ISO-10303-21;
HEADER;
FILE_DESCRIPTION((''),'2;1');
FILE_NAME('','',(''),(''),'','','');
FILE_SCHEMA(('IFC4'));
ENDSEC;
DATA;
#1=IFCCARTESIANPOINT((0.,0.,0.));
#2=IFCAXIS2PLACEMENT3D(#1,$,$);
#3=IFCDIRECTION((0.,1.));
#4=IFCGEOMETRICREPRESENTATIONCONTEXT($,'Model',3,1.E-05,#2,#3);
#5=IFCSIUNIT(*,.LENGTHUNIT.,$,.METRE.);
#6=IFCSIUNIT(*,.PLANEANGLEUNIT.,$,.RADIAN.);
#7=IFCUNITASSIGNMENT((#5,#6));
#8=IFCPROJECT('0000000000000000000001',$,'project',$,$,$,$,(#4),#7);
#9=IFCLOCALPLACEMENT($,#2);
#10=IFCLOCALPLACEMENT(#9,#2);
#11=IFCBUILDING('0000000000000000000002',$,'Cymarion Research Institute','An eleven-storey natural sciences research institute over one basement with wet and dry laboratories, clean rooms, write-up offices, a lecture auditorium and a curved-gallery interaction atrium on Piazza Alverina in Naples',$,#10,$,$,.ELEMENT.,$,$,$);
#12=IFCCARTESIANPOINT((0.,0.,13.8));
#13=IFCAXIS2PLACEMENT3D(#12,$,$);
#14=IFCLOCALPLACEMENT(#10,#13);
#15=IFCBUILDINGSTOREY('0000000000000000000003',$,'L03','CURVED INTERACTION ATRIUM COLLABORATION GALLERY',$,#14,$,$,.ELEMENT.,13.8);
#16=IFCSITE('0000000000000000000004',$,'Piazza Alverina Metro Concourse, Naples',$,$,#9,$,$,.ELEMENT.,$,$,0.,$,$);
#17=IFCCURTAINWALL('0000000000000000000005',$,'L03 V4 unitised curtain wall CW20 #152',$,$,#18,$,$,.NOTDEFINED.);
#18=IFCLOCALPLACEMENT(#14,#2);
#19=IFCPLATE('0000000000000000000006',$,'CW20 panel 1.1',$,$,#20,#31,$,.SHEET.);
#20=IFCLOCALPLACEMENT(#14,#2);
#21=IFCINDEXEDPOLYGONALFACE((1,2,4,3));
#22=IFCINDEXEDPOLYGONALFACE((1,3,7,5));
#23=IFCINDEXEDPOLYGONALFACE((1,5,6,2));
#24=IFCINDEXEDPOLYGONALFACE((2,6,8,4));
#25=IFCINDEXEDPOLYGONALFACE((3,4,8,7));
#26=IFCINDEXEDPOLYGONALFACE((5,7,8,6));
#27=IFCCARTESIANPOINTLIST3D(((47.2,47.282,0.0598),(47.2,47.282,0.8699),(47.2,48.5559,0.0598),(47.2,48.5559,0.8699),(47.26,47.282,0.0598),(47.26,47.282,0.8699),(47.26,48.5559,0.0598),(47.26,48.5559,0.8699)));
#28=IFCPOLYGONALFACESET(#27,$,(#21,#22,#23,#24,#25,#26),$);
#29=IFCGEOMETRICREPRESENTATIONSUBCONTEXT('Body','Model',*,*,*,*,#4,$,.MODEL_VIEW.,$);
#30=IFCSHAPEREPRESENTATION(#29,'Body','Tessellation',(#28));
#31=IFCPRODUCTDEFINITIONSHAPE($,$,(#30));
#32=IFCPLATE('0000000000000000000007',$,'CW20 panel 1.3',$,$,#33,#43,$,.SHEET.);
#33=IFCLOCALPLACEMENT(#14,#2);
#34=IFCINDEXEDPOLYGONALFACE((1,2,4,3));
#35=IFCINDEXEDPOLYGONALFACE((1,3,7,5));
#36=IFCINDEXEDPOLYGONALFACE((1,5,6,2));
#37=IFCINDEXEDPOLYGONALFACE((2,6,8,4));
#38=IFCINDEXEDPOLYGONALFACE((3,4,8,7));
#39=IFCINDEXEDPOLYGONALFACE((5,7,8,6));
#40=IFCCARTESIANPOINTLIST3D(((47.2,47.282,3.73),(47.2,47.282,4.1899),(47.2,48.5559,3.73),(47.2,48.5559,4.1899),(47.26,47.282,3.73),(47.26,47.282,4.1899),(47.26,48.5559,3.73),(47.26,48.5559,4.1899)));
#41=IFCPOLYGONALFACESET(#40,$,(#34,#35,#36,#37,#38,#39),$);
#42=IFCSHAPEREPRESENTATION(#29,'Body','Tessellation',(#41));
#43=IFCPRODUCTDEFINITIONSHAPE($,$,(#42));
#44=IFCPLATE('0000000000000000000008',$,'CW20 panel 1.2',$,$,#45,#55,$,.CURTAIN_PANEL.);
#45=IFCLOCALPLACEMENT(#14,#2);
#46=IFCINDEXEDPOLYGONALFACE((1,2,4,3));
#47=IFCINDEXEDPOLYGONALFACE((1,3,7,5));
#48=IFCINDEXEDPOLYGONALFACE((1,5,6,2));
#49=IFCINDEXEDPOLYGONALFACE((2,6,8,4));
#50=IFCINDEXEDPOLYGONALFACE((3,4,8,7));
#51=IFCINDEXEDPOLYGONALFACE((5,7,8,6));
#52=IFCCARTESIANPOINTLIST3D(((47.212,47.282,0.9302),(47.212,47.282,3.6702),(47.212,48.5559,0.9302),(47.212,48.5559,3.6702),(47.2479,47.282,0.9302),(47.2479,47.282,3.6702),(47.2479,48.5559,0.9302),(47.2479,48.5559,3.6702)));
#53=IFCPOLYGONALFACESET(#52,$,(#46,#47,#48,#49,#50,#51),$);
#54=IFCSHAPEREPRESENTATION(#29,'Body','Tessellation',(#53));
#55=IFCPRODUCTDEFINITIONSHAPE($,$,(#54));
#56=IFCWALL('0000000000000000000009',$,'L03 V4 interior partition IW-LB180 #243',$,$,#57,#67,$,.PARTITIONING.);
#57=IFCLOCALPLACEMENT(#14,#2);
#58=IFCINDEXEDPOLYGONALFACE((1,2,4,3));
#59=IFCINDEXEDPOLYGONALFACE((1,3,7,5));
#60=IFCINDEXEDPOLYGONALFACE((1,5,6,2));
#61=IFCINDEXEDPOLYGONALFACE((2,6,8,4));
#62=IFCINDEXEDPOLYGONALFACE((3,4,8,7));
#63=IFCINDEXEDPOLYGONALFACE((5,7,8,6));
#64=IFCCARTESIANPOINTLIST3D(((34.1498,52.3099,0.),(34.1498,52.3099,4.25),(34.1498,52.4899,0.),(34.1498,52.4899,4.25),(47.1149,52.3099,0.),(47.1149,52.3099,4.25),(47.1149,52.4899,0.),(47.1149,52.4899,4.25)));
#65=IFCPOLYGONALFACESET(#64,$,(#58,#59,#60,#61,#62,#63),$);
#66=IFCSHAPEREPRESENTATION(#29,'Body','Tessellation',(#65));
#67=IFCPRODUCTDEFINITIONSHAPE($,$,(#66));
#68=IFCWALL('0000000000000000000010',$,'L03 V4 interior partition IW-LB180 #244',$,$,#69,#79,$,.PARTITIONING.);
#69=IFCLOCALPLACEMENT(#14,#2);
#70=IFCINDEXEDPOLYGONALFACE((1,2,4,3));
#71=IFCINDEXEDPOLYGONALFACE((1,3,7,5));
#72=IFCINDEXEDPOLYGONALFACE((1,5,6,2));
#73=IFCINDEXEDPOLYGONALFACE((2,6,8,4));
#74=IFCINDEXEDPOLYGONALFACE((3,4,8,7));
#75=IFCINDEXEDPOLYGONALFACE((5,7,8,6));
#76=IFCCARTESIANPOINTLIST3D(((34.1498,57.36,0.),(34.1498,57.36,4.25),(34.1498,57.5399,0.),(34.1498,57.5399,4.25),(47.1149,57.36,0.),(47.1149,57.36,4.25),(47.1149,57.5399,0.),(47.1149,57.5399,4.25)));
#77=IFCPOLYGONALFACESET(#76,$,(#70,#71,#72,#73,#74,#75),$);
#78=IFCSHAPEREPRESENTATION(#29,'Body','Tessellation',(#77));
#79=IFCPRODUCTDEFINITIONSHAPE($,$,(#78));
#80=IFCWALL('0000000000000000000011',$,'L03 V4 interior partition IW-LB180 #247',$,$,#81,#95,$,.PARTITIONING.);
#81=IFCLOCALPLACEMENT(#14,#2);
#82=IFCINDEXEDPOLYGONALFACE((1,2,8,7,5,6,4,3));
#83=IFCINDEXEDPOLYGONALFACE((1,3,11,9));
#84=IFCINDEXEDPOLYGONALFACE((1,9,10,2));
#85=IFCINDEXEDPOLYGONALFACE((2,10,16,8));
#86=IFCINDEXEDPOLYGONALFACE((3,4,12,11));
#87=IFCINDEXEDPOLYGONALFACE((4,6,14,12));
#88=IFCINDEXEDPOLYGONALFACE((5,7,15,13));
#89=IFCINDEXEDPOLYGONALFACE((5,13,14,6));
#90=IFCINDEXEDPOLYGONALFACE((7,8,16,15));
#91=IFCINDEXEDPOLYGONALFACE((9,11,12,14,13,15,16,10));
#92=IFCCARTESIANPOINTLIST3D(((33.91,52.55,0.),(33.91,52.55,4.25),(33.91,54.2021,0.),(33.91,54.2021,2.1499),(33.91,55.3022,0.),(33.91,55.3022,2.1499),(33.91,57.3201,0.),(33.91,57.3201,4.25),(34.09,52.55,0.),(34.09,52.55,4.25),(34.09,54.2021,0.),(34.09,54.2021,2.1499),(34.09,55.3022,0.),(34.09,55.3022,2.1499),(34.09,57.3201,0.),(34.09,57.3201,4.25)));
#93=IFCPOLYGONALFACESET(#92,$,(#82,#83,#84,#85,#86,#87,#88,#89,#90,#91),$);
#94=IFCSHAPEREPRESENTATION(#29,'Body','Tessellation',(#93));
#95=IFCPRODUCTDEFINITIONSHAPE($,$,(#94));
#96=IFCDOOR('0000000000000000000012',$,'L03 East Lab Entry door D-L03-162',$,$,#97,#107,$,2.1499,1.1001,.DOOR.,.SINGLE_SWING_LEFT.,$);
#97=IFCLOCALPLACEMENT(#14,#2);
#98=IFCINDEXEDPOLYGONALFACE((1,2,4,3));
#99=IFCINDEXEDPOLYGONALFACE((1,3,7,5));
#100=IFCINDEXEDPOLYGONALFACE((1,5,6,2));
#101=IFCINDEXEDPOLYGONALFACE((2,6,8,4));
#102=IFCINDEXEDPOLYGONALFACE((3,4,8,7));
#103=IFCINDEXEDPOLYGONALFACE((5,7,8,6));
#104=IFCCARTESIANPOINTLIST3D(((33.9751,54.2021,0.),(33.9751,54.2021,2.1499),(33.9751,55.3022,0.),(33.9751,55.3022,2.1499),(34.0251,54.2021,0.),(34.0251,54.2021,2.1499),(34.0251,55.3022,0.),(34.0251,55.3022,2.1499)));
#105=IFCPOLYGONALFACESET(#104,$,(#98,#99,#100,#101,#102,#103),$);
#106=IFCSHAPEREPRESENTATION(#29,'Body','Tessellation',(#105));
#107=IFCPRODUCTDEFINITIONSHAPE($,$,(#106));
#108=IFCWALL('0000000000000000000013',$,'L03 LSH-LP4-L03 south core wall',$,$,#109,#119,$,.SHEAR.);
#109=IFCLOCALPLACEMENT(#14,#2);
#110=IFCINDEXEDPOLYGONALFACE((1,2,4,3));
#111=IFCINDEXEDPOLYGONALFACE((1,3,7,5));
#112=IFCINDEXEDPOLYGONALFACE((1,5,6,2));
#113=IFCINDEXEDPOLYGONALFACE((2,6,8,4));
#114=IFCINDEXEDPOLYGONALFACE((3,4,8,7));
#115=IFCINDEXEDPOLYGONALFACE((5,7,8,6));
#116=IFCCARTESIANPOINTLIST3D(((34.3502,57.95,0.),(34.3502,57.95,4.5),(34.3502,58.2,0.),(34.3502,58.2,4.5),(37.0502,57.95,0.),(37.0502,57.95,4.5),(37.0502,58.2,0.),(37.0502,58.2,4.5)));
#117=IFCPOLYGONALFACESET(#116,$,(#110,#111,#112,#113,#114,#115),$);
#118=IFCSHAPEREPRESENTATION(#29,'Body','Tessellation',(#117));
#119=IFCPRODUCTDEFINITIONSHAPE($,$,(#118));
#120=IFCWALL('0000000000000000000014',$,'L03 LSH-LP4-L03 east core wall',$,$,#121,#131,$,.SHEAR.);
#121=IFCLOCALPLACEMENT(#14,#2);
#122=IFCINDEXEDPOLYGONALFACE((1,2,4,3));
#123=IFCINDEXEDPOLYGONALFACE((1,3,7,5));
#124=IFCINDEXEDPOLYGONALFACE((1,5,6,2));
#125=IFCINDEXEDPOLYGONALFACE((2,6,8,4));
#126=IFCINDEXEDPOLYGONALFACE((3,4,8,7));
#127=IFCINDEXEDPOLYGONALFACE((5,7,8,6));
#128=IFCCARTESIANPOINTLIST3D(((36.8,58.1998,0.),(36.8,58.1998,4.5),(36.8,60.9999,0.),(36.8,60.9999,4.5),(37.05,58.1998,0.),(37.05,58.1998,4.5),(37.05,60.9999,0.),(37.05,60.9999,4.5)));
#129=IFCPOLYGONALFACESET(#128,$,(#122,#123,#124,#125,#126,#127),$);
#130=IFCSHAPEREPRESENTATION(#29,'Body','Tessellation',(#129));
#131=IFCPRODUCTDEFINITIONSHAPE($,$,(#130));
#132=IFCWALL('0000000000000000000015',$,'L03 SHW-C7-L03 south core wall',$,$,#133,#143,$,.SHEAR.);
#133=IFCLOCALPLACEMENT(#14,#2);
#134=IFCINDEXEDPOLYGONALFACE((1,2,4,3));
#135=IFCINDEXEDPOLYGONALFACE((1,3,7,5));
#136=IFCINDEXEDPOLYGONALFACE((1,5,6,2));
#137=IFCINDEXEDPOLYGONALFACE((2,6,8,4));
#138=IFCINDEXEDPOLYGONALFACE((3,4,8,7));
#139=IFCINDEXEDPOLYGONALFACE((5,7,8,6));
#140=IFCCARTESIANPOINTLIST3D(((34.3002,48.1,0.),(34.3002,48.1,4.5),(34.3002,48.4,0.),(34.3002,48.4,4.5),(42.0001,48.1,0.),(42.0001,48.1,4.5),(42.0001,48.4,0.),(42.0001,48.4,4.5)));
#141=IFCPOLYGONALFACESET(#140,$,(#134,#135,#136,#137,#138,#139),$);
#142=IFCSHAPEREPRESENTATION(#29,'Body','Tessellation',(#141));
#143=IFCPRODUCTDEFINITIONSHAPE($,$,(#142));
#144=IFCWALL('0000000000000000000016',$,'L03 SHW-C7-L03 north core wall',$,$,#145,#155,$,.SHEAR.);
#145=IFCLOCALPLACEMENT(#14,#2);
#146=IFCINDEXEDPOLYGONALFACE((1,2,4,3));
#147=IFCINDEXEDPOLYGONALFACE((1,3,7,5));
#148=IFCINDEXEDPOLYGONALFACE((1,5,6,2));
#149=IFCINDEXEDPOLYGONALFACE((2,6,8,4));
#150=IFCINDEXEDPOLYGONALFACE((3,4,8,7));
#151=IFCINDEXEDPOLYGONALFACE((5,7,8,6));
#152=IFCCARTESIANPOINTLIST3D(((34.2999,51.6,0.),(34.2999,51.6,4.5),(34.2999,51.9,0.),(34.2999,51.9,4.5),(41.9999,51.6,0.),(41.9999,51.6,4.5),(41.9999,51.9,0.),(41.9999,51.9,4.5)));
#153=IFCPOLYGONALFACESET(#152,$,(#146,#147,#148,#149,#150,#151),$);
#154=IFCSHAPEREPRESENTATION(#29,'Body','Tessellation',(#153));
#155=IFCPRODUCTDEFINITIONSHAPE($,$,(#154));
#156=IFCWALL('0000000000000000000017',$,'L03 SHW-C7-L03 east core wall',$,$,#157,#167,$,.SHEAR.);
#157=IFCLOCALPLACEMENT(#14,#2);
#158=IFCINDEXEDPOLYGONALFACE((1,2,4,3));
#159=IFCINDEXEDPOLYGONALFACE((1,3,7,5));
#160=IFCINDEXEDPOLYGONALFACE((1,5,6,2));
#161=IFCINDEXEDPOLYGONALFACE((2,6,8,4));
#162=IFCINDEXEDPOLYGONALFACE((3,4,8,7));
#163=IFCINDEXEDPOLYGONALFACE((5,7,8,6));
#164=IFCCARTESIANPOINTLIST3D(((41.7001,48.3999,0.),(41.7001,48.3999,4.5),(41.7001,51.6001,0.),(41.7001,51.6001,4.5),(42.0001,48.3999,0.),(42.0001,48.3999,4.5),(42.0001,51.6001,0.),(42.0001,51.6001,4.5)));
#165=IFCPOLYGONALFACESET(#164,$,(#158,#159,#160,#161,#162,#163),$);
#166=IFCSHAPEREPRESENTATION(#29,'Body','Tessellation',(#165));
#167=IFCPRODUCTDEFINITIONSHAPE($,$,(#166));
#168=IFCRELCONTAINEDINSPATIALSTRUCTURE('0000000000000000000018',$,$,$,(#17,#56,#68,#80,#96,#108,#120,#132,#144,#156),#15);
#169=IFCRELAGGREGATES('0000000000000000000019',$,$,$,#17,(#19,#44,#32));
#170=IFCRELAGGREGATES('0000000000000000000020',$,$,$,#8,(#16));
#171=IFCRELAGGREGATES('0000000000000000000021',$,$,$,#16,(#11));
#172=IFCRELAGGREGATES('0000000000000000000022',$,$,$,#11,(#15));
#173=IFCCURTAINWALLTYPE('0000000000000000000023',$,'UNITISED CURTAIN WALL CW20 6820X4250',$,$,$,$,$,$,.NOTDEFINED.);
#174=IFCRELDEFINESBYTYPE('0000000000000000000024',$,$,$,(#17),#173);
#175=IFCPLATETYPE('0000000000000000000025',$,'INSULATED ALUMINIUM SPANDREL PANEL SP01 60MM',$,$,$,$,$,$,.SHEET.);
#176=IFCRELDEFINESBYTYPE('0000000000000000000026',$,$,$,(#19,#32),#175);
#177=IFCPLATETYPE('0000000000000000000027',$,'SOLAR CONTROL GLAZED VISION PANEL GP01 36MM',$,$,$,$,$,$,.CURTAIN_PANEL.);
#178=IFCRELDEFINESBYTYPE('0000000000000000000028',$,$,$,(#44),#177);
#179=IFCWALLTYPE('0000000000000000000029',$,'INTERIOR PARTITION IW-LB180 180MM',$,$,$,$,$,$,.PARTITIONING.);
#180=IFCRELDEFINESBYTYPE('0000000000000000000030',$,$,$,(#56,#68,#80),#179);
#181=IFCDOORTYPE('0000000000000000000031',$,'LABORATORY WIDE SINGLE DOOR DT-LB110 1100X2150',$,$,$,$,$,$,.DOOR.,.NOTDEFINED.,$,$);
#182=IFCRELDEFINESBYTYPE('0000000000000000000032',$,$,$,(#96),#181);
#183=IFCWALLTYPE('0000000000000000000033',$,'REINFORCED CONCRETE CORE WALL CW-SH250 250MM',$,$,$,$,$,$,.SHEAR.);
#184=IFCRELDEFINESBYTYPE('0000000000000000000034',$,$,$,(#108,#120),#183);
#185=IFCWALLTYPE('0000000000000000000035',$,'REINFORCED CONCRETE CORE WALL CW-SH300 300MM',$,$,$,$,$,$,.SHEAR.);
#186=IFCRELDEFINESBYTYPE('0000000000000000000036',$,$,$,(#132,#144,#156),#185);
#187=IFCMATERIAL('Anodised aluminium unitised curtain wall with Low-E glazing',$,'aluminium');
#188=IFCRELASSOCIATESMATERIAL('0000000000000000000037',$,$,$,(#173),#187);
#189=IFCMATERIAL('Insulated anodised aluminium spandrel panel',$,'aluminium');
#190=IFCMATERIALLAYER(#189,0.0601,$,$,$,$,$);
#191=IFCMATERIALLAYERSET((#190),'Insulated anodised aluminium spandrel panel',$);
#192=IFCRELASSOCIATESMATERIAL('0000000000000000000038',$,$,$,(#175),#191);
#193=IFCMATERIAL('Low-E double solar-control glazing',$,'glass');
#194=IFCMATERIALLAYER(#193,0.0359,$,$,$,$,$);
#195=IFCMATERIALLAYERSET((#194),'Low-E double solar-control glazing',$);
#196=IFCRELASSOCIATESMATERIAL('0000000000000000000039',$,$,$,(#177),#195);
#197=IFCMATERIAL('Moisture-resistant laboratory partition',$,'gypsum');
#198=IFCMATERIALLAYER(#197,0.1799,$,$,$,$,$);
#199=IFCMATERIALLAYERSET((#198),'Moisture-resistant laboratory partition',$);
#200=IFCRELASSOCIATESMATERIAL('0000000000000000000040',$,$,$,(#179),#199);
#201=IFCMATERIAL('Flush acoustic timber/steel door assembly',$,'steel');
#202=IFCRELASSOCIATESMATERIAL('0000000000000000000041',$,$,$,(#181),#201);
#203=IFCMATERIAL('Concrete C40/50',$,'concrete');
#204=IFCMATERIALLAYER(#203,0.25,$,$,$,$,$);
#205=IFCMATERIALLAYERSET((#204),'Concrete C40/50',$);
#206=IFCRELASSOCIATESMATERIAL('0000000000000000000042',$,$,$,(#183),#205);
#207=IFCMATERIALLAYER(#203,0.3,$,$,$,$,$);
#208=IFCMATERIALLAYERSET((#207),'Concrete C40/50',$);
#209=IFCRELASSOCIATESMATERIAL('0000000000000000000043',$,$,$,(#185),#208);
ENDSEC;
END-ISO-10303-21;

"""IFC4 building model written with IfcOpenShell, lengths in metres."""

from ifc_helpers import new_model, si_unit, direction, frame, frame_2d, origin, origin_2d, place, context, subcontext, project, spatial, rectangle, extrude, material, layer, layer_set, type_object, element, fill, aggregate, save


model = new_model("IFC4")

# Units and contexts
model_context = context("Model", 3, precision=1e-05, world=origin(), true_north=direction((0.0, 1.0)))
body_context = subcontext(model_context, "Body", "Model", "MODEL_VIEW")
ifc_project = project(units=[si_unit("LENGTHUNIT", "METRE"), si_unit("PLANEANGLEUNIT", "RADIAN")], contexts=[model_context])

# Site, building, storey
site_placement = place(None, origin())
site = spatial("IfcSite", under=ifc_project, at=site_placement, Name="Piazza Alverina Metro Concourse, Naples", CompositionType="ELEMENT", RefElevation=0.0)
building_placement = place(site_placement, origin())
building = spatial("IfcBuilding", under=site, at=building_placement, Name="Cymarion Research Institute", Description="An eleven-storey natural sciences research institute over one basement with wet and dry laboratories, clean rooms, write-up offices, a lecture auditorium and a curved-gallery interaction atrium on Piazza Alverina in Naples", CompositionType="ELEMENT")
storey_placement = place(building_placement, frame((0.0, 0.0, 13.8)))
storey = spatial("IfcBuildingStorey", under=building, at=storey_placement, Name="L03", Description="CURVED INTERACTION ATRIUM COLLABORATION GALLERY", CompositionType="ELEMENT", Elevation=13.8)

# Curtain wall, plates
ifc_material_1 = material(Name="Anodised aluminium unitised curtain wall with Low-E glazing", Category="aluminium")
curtain_wall_type = type_object("IfcCurtainWallType", Name="UNITISED CURTAIN WALL CW20 6820X4250", PredefinedType="NOTDEFINED", material=ifc_material_1)
curtain_wall_placement = place(storey_placement, origin())
curtain_wall = element("IfcCurtainWall", 1, at=curtain_wall_placement, inside=storey, type_object=curtain_wall_type, Name="L03 V4 unitised curtain wall CW20 #152", PredefinedType="NOTDEFINED")
ifc_material_2 = material(Name="Insulated anodised aluminium spandrel panel", Category="aluminium")
ifc_layer_1 = layer(ifc_material_2, 0.0601)
ifc_layer_set_1 = layer_set([ifc_layer_1], Name="Insulated anodised aluminium spandrel panel")
plate_type_1 = type_object("IfcPlateType", Name="INSULATED ALUMINIUM SPANDREL PANEL SP01 60MM", PredefinedType="SHEET", material=ifc_layer_set_1)
plate_1_placement = place(storey_placement, frame((47.23, 47.9189, 0.0598), z_axis=(0.0, 0.0, 1.0), x_axis=(0.0, 1.0, 0.0)))
plate_1 = element("IfcPlate", 2, at=plate_1_placement, type_object=plate_type_1, Name="CW20 panel 1.1", PredefinedType="SHEET", context=body_context, shape_type="SweptSolid", body=[
    extrude(rectangle(XDim=1.2739, YDim=0.0601, at=origin_2d()), origin(), (0.0, 0.0, 1.0), 0.8101),
])
plate_2_placement = place(storey_placement, frame((47.23, 47.9189, 3.73), z_axis=(0.0, 0.0, 1.0), x_axis=(0.0, 1.0, 0.0)))
plate_2 = element("IfcPlate", 3, at=plate_2_placement, type_object=plate_type_1, Name="CW20 panel 1.3", PredefinedType="SHEET", context=body_context, shape_type="SweptSolid", body=[
    extrude(rectangle(XDim=1.2739, YDim=0.0601, at=origin_2d()), origin(), (0.0, 0.0, 1.0), 0.46),
])
ifc_material_3 = material(Name="Low-E double solar-control glazing", Category="glass")
ifc_layer_2 = layer(ifc_material_3, 0.0359)
ifc_layer_set_2 = layer_set([ifc_layer_2], Name="Low-E double solar-control glazing")
plate_type_2 = type_object("IfcPlateType", Name="SOLAR CONTROL GLAZED VISION PANEL GP01 36MM", PredefinedType="CURTAIN_PANEL", material=ifc_layer_set_2)
plate_3_placement = place(storey_placement, frame((47.23, 47.9189, 0.9302), z_axis=(0.0, 0.0, 1.0), x_axis=(0.0, 1.0, 0.0)))
plate_3 = element("IfcPlate", 4, at=plate_3_placement, type_object=plate_type_2, Name="CW20 panel 1.2", PredefinedType="CURTAIN_PANEL", context=body_context, shape_type="SweptSolid", body=[
    extrude(rectangle(XDim=1.2739, YDim=0.0359, at=origin_2d()), origin(), (0.0, 0.0, 1.0), 2.74),
])
aggregate(curtain_wall, [plate_1, plate_3, plate_2])

# Walls
ifc_material_4 = material(Name="Moisture-resistant laboratory partition", Category="gypsum")
ifc_layer_3 = layer(ifc_material_4, 0.1799)
ifc_layer_set_3 = layer_set([ifc_layer_3], Name="Moisture-resistant laboratory partition")
wall_type_1 = type_object("IfcWallType", Name="INTERIOR PARTITION IW-LB180 180MM", PredefinedType="PARTITIONING", material=ifc_layer_set_3)
for number, where, z_axis, x_axis, name in (
    (5, (34.1499, 52.3999, 0.0), (0.0, 0.0, 1.0), (1.0, 0.0, 0.0), "L03 V4 interior partition IW-LB180 #243"),
    (6, (34.1499, 57.45, 0.0), (0.0, 0.0, 1.0), (1.0, 0.0, 0.0), "L03 V4 interior partition IW-LB180 #244"),
):
    element("IfcWall", number, at=place(storey_placement, frame(where, z_axis=z_axis, x_axis=x_axis)), inside=storey, type_object=wall_type_1, Name=name, PredefinedType="PARTITIONING", context=body_context, shape_type="SweptSolid", body=[
        extrude(rectangle(XDim=12.9651, YDim=0.1799, at=frame_2d((6.4824, 0.0))), origin(), (0.0, 0.0, 1.0), 4.25),
    ])

# Wall, opening, door
wall_1_placement = place(storey_placement, frame((34.0, 52.55, 0.0), z_axis=(0.0, 0.0, 1.0), x_axis=(0.0, 1.0, 0.0)))
wall_1 = element("IfcWall", 7, at=wall_1_placement, inside=storey, type_object=wall_type_1, Name="L03 V4 interior partition IW-LB180 #247", PredefinedType="PARTITIONING", context=body_context, shape_type="SweptSolid", body=[
    extrude(rectangle(XDim=4.77, YDim=0.1799, at=frame_2d((2.385, 0.0))), origin(), (0.0, 0.0, 1.0), 4.25),
])
opening_1_placement = place(wall_1_placement, frame((1.6521, 0.0, 0.0)))
opening_1 = element("IfcOpeningElement", 8, at=opening_1_placement, cuts=wall_1, PredefinedType="OPENING", context=body_context, shape_type="SweptSolid", body=[
    extrude(rectangle(XDim=1.1001, YDim=2.1499, at=frame_2d((0.55, 1.075))), frame((0.0, 0.0999, 0.0), z_axis=(0.0, -1.0, 0.0), x_axis=(1.0, 0.0, 0.0)), (0.0, 0.0, 1.0), 0.2),
])
ifc_material_5 = material(Name="Flush acoustic timber/steel door assembly", Category="steel")
door_type_1 = type_object("IfcDoorType", Name="LABORATORY WIDE SINGLE DOOR DT-LB110 1100X2150", OperationType="NOTDEFINED", PredefinedType="DOOR", material=ifc_material_5)
door_1_placement = place(opening_1_placement, origin())
door_1 = element("IfcDoor", 9, at=door_1_placement, inside=storey, type_object=door_type_1, Name="L03 East Lab Entry door D-L03-162", OperationType="SINGLE_SWING_LEFT", OverallHeight=2.1499, OverallWidth=1.1001, PredefinedType="DOOR", context=body_context, shape_type="SweptSolid", body=[
    extrude(rectangle(XDim=1.1001, YDim=2.1499, at=frame_2d((0.55, 1.075))), frame((0.0, 0.0249, 0.0), z_axis=(0.0, -1.0, 0.0), x_axis=(1.0, 0.0, 0.0)), (0.0, 0.0, 1.0), 0.05),
])
fill(opening_1, door_1)

# Walls
ifc_material_6 = material(Name="Concrete C40/50", Category="concrete")
ifc_layer_4 = layer(ifc_material_6, 0.25)
ifc_layer_set_4 = layer_set([ifc_layer_4], Name="Concrete C40/50")
wall_type_2 = type_object("IfcWallType", Name="REINFORCED CONCRETE CORE WALL CW-SH250 250MM", PredefinedType="SHEAR", material=ifc_layer_set_4)
wall_2_placement = place(storey_placement, frame((34.3501, 58.075, 0.0), z_axis=(0.0, 0.0, 1.0), x_axis=(1.0, 0.0, 0.0)))
element("IfcWall", 10, at=wall_2_placement, inside=storey, type_object=wall_type_2, Name="L03 LSH-LP4-L03 south core wall", PredefinedType="SHEAR", context=body_context, shape_type="SweptSolid", body=[
    extrude(rectangle(XDim=2.7, YDim=0.25, at=frame_2d((1.3501, 0.0))), origin(), (0.0, 0.0, 1.0), 4.5),
])
wall_3_placement = place(storey_placement, frame((36.925, 58.2, 0.0), z_axis=(0.0, 0.0, 1.0), x_axis=(0.0, 1.0, 0.0)))
element("IfcWall", 11, at=wall_3_placement, inside=storey, type_object=wall_type_2, Name="L03 LSH-LP4-L03 east core wall", PredefinedType="SHEAR", context=body_context, shape_type="SweptSolid", body=[
    extrude(rectangle(XDim=2.8, YDim=0.25, at=frame_2d((1.3999, 0.0))), origin(), (0.0, 0.0, 1.0), 4.5),
])
ifc_layer_5 = layer(ifc_material_6, 0.3)
ifc_layer_set_5 = layer_set([ifc_layer_5], Name="Concrete C40/50")
wall_type_3 = type_object("IfcWallType", Name="REINFORCED CONCRETE CORE WALL CW-SH300 300MM", PredefinedType="SHEAR", material=ifc_layer_set_5)
for number, where, z_axis, x_axis, name in (
    (12, (34.3, 48.25, 0.0), (0.0, 0.0, 1.0), (1.0, 0.0, 0.0), "L03 SHW-C7-L03 south core wall"),
    (13, (42.0, 51.75, 0.0), (0.0, 0.0, 1.0), (-1.0, 0.0, 0.0), "L03 SHW-C7-L03 north core wall"),
):
    element("IfcWall", number, at=place(storey_placement, frame(where, z_axis=z_axis, x_axis=x_axis)), inside=storey, type_object=wall_type_3, Name=name, PredefinedType="SHEAR", context=body_context, shape_type="SweptSolid", body=[
        extrude(rectangle(XDim=7.7, YDim=0.3, at=frame_2d((3.8501, 0.0))), origin(), (0.0, 0.0, 1.0), 4.5),
    ])

# Wall
wall_4_placement = place(storey_placement, frame((41.8501, 48.3999, 0.0), z_axis=(0.0, 0.0, 1.0), x_axis=(0.0, 1.0, 0.0)))
element("IfcWall", 14, at=wall_4_placement, inside=storey, type_object=wall_type_3, Name="L03 SHW-C7-L03 east core wall", PredefinedType="SHEAR", context=body_context, shape_type="SweptSolid", body=[
    extrude(rectangle(XDim=3.2002, YDim=0.3, at=frame_2d((1.6001, 0.0))), origin(), (0.0, 0.0, 1.0), 4.5),
])

save(model, "model.ifc")
